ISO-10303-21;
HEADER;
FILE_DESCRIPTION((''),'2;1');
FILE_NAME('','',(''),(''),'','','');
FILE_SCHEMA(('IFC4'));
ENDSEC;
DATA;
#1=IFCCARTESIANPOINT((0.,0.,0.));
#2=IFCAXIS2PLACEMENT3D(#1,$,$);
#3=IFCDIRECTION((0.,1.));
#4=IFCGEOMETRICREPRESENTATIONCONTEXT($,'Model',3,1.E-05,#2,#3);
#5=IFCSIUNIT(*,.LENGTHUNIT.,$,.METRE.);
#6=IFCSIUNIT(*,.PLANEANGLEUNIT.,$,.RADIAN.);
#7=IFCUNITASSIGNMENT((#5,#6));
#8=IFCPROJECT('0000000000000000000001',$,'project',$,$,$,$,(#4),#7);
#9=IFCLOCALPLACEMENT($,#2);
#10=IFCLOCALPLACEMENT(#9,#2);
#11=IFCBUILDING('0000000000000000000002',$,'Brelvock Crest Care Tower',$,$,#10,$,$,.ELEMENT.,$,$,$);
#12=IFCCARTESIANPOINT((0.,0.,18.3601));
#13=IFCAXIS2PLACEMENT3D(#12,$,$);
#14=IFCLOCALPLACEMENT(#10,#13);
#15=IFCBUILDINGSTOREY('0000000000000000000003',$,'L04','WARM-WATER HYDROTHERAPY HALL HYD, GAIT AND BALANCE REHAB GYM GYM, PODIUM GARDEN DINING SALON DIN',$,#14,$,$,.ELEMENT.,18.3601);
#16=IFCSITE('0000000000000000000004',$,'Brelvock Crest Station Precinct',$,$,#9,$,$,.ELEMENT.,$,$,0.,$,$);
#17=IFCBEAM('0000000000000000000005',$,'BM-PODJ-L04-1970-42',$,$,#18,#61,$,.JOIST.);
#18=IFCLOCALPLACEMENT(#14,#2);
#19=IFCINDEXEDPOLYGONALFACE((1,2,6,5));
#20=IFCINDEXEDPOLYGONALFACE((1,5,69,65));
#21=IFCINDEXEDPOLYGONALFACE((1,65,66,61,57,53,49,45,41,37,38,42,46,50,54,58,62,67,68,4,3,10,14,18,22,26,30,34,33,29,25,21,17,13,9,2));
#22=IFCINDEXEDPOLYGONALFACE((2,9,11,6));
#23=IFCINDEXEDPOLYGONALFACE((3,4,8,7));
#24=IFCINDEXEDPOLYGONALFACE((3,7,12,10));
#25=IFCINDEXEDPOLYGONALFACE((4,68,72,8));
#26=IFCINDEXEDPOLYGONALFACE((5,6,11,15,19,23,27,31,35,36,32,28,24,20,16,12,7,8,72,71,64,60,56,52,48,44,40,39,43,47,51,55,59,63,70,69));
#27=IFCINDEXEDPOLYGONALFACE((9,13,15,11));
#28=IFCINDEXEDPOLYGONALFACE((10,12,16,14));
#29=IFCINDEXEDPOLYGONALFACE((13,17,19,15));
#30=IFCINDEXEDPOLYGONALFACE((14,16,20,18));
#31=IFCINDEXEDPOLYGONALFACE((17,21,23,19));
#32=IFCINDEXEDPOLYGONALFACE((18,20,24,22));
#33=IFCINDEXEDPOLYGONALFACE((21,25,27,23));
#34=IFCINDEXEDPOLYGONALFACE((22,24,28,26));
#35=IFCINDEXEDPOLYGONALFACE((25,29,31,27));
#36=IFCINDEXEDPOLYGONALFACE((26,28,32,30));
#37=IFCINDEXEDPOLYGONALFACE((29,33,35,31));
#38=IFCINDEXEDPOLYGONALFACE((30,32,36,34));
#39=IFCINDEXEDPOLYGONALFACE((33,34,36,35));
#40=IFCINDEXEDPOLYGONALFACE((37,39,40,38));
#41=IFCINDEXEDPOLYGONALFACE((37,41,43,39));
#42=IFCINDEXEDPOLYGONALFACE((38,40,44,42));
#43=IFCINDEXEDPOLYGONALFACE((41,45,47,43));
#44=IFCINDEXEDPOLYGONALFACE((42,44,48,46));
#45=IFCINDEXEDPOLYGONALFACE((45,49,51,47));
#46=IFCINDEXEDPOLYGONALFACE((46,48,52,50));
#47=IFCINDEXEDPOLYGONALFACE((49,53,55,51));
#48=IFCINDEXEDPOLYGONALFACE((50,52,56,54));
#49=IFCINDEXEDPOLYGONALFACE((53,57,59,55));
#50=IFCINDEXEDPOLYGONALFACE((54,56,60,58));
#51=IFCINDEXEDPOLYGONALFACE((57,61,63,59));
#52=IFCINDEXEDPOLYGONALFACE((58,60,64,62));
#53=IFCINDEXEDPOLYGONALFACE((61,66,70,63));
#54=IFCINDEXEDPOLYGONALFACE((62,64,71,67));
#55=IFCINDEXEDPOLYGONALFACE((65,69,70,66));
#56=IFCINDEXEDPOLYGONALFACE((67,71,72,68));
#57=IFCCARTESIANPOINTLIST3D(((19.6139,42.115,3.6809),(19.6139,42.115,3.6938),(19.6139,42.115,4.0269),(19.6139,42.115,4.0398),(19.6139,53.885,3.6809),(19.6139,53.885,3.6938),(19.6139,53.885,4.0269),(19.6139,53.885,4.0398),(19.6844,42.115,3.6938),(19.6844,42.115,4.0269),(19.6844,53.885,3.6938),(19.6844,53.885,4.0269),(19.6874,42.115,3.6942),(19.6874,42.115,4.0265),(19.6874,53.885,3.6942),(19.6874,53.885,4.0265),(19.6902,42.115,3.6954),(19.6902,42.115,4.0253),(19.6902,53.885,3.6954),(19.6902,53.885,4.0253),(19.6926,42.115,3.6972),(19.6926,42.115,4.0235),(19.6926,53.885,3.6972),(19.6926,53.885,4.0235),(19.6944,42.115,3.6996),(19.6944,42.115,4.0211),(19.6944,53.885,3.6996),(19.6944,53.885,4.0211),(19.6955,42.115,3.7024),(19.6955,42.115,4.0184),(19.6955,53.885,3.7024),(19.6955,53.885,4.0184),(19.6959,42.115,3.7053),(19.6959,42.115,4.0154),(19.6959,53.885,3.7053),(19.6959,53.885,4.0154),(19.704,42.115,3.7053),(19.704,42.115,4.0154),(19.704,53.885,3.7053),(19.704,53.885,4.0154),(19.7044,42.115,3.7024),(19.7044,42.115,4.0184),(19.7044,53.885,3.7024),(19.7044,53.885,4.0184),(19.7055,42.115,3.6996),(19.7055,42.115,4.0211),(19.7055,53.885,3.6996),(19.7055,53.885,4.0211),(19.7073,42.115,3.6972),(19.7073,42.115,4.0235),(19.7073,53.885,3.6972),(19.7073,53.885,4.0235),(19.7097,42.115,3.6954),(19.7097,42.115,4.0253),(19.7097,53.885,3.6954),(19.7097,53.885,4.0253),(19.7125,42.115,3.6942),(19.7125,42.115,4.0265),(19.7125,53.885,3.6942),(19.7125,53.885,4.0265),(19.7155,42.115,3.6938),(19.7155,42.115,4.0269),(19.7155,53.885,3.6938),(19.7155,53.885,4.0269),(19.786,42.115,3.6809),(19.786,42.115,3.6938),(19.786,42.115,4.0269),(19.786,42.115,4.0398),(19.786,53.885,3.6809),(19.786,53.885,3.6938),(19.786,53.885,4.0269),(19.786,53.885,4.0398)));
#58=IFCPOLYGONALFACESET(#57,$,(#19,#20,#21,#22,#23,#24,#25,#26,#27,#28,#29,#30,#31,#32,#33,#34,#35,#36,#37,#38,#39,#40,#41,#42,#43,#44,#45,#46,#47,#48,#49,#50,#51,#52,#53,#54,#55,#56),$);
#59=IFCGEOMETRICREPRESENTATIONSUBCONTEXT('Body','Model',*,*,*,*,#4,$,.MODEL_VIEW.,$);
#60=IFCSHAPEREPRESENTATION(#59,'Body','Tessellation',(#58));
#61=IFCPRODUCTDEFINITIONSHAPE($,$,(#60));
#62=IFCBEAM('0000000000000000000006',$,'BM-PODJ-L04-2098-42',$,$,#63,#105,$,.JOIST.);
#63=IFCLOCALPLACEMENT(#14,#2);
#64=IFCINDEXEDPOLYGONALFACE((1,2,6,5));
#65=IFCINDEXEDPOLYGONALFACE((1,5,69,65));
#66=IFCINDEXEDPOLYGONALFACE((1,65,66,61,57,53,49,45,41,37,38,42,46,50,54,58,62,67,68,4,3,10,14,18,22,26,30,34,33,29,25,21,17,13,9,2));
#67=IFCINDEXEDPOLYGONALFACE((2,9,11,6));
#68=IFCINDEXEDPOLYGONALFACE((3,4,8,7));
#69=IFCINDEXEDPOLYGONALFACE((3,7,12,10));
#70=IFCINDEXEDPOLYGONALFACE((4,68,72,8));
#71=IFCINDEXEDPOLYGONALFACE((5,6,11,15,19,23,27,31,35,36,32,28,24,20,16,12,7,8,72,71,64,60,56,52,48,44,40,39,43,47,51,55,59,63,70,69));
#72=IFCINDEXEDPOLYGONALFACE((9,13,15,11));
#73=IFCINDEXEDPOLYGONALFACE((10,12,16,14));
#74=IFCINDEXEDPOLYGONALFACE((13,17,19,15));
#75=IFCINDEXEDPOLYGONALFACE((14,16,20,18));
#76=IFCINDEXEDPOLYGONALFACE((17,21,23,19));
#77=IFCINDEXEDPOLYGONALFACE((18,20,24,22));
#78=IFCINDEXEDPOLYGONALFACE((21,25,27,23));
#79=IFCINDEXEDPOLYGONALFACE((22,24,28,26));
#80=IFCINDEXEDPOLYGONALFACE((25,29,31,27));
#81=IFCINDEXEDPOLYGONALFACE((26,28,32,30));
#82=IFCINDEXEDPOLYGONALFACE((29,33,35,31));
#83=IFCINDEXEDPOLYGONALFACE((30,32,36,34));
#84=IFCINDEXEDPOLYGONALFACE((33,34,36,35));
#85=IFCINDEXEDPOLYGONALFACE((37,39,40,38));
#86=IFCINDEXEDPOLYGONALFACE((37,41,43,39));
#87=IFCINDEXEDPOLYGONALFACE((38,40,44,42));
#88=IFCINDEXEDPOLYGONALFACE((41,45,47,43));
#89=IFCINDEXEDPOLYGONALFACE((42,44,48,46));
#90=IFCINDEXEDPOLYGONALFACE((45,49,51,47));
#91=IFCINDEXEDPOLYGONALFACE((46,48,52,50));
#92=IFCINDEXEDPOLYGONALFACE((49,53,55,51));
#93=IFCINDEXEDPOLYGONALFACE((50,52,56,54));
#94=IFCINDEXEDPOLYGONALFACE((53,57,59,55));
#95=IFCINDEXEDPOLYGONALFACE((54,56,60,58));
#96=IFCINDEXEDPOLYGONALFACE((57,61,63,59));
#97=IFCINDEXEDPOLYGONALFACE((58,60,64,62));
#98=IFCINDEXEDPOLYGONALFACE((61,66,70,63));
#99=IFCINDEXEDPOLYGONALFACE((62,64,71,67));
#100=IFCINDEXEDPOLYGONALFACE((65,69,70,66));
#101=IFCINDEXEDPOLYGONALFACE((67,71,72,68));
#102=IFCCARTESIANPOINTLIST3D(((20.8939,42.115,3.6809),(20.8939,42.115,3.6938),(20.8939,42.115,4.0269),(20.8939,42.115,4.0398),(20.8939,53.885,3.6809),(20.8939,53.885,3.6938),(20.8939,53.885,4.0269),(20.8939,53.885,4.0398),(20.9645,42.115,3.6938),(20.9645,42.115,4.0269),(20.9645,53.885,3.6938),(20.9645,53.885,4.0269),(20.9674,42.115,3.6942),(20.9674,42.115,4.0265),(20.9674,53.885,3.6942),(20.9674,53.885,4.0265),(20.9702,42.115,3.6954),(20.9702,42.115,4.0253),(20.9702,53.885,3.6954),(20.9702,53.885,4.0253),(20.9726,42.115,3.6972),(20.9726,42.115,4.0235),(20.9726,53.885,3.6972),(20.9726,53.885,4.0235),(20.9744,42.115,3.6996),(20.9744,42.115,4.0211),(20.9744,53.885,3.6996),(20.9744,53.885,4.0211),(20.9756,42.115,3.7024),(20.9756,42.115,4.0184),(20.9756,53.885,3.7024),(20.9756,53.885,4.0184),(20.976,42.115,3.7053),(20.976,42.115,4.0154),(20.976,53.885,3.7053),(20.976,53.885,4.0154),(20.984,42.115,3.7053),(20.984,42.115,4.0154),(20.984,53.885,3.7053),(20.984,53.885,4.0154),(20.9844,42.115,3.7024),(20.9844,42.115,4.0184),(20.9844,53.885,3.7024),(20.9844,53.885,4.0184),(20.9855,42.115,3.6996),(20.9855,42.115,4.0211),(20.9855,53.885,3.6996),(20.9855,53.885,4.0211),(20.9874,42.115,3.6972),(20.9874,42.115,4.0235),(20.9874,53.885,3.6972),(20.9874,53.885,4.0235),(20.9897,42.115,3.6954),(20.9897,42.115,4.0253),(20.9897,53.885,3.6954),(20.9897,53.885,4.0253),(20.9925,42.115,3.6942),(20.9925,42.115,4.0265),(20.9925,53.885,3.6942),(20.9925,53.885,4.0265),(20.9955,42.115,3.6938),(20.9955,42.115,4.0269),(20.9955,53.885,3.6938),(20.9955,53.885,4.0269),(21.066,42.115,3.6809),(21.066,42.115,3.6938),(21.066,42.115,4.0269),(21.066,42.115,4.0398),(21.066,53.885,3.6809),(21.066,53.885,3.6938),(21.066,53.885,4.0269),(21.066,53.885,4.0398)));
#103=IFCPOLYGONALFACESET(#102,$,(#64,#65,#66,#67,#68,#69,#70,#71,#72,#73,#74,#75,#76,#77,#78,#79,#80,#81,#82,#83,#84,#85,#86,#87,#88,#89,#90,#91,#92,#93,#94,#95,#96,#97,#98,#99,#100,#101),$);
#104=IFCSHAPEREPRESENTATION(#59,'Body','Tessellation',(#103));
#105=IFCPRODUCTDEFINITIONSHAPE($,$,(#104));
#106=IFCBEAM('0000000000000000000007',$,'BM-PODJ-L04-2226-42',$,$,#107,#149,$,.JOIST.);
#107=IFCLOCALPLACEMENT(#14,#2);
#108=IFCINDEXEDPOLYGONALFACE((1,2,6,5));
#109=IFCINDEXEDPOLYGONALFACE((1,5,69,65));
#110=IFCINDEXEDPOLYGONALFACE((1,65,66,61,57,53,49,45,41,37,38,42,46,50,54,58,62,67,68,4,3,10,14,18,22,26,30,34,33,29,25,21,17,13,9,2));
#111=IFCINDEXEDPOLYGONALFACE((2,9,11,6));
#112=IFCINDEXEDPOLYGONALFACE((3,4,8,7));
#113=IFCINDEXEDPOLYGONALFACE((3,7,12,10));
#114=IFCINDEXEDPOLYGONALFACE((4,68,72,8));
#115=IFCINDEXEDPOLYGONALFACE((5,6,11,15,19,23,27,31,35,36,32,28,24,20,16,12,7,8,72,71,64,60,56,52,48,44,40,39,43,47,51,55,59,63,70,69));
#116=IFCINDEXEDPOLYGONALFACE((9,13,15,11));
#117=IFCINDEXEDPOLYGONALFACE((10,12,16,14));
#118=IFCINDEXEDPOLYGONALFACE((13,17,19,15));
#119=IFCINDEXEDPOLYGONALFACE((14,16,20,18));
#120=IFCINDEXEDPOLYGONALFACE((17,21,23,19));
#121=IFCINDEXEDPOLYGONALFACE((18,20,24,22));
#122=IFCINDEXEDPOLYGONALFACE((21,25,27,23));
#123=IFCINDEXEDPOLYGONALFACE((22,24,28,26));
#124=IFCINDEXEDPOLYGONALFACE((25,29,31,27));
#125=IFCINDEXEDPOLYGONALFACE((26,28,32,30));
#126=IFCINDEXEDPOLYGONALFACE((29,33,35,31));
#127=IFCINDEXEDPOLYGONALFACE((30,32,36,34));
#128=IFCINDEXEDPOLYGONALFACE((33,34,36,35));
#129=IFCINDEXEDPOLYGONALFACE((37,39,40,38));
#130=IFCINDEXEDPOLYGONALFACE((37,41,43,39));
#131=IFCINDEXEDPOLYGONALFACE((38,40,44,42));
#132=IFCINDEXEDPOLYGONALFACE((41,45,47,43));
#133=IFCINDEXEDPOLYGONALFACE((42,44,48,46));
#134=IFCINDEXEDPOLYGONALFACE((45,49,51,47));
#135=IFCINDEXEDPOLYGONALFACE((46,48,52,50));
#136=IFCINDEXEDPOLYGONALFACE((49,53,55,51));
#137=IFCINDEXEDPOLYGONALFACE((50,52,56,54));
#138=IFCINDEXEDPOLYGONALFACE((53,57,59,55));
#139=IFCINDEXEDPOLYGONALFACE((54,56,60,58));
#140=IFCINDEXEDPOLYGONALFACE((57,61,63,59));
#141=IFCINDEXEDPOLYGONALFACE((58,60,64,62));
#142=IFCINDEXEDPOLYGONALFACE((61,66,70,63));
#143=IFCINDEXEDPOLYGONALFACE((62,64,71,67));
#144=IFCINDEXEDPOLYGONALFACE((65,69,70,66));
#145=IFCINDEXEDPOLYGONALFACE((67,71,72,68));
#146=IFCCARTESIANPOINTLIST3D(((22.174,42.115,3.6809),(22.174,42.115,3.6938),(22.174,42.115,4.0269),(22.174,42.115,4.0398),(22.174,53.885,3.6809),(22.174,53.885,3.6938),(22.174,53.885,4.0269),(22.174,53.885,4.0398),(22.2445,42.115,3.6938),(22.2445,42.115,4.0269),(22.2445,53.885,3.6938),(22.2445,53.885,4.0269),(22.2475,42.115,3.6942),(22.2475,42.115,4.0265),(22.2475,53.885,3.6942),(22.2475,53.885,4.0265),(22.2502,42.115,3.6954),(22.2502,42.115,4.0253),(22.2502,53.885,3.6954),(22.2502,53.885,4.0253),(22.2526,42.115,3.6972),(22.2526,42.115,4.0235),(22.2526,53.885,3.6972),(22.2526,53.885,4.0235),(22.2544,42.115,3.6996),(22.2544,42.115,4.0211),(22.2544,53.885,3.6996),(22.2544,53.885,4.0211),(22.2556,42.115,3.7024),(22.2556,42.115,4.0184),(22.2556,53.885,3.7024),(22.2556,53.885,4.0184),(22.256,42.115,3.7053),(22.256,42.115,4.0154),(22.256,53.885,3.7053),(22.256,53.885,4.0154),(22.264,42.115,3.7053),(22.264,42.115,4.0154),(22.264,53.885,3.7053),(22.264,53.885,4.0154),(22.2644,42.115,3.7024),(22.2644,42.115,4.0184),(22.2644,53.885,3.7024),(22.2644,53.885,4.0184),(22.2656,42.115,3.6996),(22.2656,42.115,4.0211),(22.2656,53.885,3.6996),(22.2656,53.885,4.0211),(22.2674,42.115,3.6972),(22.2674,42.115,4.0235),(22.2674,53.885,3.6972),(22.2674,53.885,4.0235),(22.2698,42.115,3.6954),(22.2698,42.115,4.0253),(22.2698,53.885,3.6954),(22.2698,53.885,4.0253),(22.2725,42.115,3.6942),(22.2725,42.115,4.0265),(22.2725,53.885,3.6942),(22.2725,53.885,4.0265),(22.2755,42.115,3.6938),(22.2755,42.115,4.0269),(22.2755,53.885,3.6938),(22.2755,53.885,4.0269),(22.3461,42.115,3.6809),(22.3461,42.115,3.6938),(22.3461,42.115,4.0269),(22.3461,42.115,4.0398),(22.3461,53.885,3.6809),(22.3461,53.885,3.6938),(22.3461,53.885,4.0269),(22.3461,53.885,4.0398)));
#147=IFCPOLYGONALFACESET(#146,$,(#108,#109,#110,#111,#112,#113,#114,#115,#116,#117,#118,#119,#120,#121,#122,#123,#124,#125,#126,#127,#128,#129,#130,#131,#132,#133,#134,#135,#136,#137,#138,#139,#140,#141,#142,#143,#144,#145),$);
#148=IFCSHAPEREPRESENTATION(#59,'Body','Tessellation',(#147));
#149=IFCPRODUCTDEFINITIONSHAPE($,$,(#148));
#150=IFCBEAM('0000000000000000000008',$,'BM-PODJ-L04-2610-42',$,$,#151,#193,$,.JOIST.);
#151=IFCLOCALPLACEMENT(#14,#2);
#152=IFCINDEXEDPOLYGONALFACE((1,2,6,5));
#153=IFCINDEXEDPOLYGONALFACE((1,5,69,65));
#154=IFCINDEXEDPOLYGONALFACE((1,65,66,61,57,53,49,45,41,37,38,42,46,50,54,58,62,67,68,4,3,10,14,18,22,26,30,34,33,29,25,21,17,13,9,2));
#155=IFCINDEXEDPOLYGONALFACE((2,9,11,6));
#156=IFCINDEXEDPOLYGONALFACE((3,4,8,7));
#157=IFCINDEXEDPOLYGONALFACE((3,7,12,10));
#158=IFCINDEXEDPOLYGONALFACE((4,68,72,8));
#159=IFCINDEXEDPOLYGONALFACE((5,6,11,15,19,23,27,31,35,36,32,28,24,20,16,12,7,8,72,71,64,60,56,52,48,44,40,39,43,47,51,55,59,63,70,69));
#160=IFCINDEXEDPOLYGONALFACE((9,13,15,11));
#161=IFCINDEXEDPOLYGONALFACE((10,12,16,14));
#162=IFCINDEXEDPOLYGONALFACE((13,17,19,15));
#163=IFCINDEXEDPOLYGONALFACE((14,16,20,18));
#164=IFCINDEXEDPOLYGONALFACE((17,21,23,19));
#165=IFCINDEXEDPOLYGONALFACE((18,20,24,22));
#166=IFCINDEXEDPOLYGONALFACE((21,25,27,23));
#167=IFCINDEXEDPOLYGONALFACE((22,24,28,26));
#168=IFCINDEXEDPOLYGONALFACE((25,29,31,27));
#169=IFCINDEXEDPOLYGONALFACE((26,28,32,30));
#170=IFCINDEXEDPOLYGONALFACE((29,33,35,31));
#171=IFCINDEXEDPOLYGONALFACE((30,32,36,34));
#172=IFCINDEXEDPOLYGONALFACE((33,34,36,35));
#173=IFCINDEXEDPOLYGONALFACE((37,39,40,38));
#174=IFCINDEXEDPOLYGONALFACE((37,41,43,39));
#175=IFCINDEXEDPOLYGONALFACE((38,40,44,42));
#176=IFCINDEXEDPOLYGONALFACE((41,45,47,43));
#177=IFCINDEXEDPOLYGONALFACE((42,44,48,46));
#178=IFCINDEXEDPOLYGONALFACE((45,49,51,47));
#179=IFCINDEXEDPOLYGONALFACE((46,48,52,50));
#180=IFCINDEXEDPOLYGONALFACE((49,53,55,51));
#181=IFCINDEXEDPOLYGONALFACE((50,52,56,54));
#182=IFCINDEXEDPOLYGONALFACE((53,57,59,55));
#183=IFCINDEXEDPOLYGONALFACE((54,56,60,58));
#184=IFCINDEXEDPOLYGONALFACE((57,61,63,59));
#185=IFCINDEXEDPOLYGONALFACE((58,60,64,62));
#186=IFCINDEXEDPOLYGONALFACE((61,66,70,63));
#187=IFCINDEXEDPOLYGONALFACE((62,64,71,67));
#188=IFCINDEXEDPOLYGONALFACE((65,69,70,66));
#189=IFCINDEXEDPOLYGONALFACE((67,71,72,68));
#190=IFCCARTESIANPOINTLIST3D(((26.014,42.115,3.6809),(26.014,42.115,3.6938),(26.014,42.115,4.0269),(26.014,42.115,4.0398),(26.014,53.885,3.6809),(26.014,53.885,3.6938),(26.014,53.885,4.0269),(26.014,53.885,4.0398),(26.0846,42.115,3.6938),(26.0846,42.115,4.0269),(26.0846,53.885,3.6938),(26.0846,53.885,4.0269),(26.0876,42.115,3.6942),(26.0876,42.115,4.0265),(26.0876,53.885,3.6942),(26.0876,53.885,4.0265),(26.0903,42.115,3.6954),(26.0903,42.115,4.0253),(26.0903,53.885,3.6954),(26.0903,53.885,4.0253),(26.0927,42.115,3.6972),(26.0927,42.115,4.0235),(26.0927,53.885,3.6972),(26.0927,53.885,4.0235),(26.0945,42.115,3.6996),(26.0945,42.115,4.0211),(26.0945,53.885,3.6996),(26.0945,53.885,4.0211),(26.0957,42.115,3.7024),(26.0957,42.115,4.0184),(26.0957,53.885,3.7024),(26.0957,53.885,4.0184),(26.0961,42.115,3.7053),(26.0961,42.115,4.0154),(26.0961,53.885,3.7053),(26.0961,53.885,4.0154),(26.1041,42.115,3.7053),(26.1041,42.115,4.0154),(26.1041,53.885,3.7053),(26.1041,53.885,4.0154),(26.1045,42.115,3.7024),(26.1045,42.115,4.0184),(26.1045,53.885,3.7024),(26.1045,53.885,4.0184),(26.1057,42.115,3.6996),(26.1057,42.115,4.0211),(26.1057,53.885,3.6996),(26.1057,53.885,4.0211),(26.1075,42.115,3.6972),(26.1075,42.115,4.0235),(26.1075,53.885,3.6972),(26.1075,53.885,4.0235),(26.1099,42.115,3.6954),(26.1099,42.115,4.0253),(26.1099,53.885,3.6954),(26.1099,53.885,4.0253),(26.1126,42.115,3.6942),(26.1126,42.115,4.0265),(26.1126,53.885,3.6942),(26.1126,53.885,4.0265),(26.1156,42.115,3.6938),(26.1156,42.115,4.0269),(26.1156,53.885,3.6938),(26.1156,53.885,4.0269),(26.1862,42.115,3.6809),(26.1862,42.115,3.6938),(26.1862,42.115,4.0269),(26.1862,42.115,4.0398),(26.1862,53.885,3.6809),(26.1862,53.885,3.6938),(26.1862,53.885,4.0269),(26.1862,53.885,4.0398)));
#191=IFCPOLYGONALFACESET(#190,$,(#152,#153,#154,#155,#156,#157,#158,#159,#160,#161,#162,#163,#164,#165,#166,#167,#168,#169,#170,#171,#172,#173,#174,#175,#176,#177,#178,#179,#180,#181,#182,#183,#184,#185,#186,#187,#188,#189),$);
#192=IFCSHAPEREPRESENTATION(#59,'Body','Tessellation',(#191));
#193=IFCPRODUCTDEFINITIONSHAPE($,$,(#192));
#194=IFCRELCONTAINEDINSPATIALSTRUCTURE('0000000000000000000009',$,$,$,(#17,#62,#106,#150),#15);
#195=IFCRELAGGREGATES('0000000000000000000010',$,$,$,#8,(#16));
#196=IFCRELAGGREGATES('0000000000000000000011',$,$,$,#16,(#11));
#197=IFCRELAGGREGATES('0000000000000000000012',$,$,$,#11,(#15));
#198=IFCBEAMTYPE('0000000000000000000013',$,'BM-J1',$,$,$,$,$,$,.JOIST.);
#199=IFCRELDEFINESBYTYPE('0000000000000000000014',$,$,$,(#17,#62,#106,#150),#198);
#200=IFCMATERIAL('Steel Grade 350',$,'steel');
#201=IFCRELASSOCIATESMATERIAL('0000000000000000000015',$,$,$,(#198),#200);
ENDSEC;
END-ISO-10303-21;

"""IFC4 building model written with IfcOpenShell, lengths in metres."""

from ifc_helpers import new_model, si_unit, direction, frame, origin, origin_2d, place, context, subcontext, project, spatial, i_section, extrude, source, transform, mapped, material, material_profile, profile_set, type_object, element, save


model = new_model("IFC4")

# Units and contexts
model_context = context("Model", 3, precision=1e-05, world=origin(), true_north=direction((0.0, 1.0)))
body_context = subcontext(model_context, "Body", "Model", "MODEL_VIEW")
ifc_project = project(units=[si_unit("LENGTHUNIT", "METRE"), si_unit("PLANEANGLEUNIT", "RADIAN")], contexts=[model_context])

# Site, building, storey
site_placement = place(None, origin())
site = spatial("IfcSite", under=ifc_project, at=site_placement, Name="Brelvock Crest Station Precinct", CompositionType="ELEMENT", RefElevation=0.0)
building_placement = place(site_placement, origin())
building = spatial("IfcBuilding", under=site, at=building_placement, Name="Brelvock Crest Care Tower", CompositionType="ELEMENT")
storey_placement = place(building_placement, frame((0.0, 0.0, 18.3601)))
storey = spatial("IfcBuildingStorey", under=building, at=storey_placement, Name="L04", Description="WARM-WATER HYDROTHERAPY HALL HYD, GAIT AND BALANCE REHAB GYM GYM, PODIUM GARDEN DINING SALON DIN", CompositionType="ELEMENT", Elevation=18.3601)

# Shared definitions
ifc_material_1 = material(Name="Steel Grade 350", Category="steel")

# Beams
ifc_material_profile_1 = material_profile(ifc_material_1, i_section(OverallWidth=0.1721, OverallDepth=0.3589, WebThickness=0.0081, FlangeThickness=0.0129, FilletRadius=0.0115, at=origin_2d()), Name="360UB56.7")
ifc_profile_set_1 = profile_set([ifc_material_profile_1], Name="Steel Grade 350")
beam_type_1 = type_object("IfcBeamType", Name="BM-J1", PredefinedType="JOIST", material=ifc_profile_set_1)
shared_shape_1 = source(origin(), body_context, "Body", "SweptSolid", [
    extrude(i_section(OverallWidth=0.1721, OverallDepth=0.3589, WebThickness=0.0081, FlangeThickness=0.0129, FilletRadius=0.0115, at=origin_2d()), origin(), (0.0, 0.0, 1.0), 11.77),
])
for number, where, z_axis, x_axis, name in (
    (1, (19.7, 42.115, 3.8604), (0.0, 1.0, 0.0), (-1.0, 0.0, 0.0), "BM-PODJ-L04-1970-42"),
    (2, (20.98, 42.115, 3.8604), (0.0, 1.0, 0.0), (-1.0, 0.0, 0.0), "BM-PODJ-L04-2098-42"),
    (3, (22.26, 42.115, 3.8604), (0.0, 1.0, 0.0), (-1.0, 0.0, 0.0), "BM-PODJ-L04-2226-42"),
    (4, (26.1001, 42.115, 3.8604), (0.0, 1.0, 0.0), (-1.0, 0.0, 0.0), "BM-PODJ-L04-2610-42"),
):
    element("IfcBeam", number, at=place(storey_placement, frame(where, z_axis=z_axis, x_axis=x_axis)), inside=storey, type_object=beam_type_1, Name=name, PredefinedType="JOIST", context=body_context, shape_type="MappedRepresentation", body=[
        mapped(shared_shape_1, transform((0.0, 0.0, 0.0), x_axis=(1.0, 0.0, 0.0), y_axis=(0.0, 1.0, 0.0), z_axis=(0.0, 0.0, 1.0), scale=1.0)),
    ])

save(model, "model.ifc")
